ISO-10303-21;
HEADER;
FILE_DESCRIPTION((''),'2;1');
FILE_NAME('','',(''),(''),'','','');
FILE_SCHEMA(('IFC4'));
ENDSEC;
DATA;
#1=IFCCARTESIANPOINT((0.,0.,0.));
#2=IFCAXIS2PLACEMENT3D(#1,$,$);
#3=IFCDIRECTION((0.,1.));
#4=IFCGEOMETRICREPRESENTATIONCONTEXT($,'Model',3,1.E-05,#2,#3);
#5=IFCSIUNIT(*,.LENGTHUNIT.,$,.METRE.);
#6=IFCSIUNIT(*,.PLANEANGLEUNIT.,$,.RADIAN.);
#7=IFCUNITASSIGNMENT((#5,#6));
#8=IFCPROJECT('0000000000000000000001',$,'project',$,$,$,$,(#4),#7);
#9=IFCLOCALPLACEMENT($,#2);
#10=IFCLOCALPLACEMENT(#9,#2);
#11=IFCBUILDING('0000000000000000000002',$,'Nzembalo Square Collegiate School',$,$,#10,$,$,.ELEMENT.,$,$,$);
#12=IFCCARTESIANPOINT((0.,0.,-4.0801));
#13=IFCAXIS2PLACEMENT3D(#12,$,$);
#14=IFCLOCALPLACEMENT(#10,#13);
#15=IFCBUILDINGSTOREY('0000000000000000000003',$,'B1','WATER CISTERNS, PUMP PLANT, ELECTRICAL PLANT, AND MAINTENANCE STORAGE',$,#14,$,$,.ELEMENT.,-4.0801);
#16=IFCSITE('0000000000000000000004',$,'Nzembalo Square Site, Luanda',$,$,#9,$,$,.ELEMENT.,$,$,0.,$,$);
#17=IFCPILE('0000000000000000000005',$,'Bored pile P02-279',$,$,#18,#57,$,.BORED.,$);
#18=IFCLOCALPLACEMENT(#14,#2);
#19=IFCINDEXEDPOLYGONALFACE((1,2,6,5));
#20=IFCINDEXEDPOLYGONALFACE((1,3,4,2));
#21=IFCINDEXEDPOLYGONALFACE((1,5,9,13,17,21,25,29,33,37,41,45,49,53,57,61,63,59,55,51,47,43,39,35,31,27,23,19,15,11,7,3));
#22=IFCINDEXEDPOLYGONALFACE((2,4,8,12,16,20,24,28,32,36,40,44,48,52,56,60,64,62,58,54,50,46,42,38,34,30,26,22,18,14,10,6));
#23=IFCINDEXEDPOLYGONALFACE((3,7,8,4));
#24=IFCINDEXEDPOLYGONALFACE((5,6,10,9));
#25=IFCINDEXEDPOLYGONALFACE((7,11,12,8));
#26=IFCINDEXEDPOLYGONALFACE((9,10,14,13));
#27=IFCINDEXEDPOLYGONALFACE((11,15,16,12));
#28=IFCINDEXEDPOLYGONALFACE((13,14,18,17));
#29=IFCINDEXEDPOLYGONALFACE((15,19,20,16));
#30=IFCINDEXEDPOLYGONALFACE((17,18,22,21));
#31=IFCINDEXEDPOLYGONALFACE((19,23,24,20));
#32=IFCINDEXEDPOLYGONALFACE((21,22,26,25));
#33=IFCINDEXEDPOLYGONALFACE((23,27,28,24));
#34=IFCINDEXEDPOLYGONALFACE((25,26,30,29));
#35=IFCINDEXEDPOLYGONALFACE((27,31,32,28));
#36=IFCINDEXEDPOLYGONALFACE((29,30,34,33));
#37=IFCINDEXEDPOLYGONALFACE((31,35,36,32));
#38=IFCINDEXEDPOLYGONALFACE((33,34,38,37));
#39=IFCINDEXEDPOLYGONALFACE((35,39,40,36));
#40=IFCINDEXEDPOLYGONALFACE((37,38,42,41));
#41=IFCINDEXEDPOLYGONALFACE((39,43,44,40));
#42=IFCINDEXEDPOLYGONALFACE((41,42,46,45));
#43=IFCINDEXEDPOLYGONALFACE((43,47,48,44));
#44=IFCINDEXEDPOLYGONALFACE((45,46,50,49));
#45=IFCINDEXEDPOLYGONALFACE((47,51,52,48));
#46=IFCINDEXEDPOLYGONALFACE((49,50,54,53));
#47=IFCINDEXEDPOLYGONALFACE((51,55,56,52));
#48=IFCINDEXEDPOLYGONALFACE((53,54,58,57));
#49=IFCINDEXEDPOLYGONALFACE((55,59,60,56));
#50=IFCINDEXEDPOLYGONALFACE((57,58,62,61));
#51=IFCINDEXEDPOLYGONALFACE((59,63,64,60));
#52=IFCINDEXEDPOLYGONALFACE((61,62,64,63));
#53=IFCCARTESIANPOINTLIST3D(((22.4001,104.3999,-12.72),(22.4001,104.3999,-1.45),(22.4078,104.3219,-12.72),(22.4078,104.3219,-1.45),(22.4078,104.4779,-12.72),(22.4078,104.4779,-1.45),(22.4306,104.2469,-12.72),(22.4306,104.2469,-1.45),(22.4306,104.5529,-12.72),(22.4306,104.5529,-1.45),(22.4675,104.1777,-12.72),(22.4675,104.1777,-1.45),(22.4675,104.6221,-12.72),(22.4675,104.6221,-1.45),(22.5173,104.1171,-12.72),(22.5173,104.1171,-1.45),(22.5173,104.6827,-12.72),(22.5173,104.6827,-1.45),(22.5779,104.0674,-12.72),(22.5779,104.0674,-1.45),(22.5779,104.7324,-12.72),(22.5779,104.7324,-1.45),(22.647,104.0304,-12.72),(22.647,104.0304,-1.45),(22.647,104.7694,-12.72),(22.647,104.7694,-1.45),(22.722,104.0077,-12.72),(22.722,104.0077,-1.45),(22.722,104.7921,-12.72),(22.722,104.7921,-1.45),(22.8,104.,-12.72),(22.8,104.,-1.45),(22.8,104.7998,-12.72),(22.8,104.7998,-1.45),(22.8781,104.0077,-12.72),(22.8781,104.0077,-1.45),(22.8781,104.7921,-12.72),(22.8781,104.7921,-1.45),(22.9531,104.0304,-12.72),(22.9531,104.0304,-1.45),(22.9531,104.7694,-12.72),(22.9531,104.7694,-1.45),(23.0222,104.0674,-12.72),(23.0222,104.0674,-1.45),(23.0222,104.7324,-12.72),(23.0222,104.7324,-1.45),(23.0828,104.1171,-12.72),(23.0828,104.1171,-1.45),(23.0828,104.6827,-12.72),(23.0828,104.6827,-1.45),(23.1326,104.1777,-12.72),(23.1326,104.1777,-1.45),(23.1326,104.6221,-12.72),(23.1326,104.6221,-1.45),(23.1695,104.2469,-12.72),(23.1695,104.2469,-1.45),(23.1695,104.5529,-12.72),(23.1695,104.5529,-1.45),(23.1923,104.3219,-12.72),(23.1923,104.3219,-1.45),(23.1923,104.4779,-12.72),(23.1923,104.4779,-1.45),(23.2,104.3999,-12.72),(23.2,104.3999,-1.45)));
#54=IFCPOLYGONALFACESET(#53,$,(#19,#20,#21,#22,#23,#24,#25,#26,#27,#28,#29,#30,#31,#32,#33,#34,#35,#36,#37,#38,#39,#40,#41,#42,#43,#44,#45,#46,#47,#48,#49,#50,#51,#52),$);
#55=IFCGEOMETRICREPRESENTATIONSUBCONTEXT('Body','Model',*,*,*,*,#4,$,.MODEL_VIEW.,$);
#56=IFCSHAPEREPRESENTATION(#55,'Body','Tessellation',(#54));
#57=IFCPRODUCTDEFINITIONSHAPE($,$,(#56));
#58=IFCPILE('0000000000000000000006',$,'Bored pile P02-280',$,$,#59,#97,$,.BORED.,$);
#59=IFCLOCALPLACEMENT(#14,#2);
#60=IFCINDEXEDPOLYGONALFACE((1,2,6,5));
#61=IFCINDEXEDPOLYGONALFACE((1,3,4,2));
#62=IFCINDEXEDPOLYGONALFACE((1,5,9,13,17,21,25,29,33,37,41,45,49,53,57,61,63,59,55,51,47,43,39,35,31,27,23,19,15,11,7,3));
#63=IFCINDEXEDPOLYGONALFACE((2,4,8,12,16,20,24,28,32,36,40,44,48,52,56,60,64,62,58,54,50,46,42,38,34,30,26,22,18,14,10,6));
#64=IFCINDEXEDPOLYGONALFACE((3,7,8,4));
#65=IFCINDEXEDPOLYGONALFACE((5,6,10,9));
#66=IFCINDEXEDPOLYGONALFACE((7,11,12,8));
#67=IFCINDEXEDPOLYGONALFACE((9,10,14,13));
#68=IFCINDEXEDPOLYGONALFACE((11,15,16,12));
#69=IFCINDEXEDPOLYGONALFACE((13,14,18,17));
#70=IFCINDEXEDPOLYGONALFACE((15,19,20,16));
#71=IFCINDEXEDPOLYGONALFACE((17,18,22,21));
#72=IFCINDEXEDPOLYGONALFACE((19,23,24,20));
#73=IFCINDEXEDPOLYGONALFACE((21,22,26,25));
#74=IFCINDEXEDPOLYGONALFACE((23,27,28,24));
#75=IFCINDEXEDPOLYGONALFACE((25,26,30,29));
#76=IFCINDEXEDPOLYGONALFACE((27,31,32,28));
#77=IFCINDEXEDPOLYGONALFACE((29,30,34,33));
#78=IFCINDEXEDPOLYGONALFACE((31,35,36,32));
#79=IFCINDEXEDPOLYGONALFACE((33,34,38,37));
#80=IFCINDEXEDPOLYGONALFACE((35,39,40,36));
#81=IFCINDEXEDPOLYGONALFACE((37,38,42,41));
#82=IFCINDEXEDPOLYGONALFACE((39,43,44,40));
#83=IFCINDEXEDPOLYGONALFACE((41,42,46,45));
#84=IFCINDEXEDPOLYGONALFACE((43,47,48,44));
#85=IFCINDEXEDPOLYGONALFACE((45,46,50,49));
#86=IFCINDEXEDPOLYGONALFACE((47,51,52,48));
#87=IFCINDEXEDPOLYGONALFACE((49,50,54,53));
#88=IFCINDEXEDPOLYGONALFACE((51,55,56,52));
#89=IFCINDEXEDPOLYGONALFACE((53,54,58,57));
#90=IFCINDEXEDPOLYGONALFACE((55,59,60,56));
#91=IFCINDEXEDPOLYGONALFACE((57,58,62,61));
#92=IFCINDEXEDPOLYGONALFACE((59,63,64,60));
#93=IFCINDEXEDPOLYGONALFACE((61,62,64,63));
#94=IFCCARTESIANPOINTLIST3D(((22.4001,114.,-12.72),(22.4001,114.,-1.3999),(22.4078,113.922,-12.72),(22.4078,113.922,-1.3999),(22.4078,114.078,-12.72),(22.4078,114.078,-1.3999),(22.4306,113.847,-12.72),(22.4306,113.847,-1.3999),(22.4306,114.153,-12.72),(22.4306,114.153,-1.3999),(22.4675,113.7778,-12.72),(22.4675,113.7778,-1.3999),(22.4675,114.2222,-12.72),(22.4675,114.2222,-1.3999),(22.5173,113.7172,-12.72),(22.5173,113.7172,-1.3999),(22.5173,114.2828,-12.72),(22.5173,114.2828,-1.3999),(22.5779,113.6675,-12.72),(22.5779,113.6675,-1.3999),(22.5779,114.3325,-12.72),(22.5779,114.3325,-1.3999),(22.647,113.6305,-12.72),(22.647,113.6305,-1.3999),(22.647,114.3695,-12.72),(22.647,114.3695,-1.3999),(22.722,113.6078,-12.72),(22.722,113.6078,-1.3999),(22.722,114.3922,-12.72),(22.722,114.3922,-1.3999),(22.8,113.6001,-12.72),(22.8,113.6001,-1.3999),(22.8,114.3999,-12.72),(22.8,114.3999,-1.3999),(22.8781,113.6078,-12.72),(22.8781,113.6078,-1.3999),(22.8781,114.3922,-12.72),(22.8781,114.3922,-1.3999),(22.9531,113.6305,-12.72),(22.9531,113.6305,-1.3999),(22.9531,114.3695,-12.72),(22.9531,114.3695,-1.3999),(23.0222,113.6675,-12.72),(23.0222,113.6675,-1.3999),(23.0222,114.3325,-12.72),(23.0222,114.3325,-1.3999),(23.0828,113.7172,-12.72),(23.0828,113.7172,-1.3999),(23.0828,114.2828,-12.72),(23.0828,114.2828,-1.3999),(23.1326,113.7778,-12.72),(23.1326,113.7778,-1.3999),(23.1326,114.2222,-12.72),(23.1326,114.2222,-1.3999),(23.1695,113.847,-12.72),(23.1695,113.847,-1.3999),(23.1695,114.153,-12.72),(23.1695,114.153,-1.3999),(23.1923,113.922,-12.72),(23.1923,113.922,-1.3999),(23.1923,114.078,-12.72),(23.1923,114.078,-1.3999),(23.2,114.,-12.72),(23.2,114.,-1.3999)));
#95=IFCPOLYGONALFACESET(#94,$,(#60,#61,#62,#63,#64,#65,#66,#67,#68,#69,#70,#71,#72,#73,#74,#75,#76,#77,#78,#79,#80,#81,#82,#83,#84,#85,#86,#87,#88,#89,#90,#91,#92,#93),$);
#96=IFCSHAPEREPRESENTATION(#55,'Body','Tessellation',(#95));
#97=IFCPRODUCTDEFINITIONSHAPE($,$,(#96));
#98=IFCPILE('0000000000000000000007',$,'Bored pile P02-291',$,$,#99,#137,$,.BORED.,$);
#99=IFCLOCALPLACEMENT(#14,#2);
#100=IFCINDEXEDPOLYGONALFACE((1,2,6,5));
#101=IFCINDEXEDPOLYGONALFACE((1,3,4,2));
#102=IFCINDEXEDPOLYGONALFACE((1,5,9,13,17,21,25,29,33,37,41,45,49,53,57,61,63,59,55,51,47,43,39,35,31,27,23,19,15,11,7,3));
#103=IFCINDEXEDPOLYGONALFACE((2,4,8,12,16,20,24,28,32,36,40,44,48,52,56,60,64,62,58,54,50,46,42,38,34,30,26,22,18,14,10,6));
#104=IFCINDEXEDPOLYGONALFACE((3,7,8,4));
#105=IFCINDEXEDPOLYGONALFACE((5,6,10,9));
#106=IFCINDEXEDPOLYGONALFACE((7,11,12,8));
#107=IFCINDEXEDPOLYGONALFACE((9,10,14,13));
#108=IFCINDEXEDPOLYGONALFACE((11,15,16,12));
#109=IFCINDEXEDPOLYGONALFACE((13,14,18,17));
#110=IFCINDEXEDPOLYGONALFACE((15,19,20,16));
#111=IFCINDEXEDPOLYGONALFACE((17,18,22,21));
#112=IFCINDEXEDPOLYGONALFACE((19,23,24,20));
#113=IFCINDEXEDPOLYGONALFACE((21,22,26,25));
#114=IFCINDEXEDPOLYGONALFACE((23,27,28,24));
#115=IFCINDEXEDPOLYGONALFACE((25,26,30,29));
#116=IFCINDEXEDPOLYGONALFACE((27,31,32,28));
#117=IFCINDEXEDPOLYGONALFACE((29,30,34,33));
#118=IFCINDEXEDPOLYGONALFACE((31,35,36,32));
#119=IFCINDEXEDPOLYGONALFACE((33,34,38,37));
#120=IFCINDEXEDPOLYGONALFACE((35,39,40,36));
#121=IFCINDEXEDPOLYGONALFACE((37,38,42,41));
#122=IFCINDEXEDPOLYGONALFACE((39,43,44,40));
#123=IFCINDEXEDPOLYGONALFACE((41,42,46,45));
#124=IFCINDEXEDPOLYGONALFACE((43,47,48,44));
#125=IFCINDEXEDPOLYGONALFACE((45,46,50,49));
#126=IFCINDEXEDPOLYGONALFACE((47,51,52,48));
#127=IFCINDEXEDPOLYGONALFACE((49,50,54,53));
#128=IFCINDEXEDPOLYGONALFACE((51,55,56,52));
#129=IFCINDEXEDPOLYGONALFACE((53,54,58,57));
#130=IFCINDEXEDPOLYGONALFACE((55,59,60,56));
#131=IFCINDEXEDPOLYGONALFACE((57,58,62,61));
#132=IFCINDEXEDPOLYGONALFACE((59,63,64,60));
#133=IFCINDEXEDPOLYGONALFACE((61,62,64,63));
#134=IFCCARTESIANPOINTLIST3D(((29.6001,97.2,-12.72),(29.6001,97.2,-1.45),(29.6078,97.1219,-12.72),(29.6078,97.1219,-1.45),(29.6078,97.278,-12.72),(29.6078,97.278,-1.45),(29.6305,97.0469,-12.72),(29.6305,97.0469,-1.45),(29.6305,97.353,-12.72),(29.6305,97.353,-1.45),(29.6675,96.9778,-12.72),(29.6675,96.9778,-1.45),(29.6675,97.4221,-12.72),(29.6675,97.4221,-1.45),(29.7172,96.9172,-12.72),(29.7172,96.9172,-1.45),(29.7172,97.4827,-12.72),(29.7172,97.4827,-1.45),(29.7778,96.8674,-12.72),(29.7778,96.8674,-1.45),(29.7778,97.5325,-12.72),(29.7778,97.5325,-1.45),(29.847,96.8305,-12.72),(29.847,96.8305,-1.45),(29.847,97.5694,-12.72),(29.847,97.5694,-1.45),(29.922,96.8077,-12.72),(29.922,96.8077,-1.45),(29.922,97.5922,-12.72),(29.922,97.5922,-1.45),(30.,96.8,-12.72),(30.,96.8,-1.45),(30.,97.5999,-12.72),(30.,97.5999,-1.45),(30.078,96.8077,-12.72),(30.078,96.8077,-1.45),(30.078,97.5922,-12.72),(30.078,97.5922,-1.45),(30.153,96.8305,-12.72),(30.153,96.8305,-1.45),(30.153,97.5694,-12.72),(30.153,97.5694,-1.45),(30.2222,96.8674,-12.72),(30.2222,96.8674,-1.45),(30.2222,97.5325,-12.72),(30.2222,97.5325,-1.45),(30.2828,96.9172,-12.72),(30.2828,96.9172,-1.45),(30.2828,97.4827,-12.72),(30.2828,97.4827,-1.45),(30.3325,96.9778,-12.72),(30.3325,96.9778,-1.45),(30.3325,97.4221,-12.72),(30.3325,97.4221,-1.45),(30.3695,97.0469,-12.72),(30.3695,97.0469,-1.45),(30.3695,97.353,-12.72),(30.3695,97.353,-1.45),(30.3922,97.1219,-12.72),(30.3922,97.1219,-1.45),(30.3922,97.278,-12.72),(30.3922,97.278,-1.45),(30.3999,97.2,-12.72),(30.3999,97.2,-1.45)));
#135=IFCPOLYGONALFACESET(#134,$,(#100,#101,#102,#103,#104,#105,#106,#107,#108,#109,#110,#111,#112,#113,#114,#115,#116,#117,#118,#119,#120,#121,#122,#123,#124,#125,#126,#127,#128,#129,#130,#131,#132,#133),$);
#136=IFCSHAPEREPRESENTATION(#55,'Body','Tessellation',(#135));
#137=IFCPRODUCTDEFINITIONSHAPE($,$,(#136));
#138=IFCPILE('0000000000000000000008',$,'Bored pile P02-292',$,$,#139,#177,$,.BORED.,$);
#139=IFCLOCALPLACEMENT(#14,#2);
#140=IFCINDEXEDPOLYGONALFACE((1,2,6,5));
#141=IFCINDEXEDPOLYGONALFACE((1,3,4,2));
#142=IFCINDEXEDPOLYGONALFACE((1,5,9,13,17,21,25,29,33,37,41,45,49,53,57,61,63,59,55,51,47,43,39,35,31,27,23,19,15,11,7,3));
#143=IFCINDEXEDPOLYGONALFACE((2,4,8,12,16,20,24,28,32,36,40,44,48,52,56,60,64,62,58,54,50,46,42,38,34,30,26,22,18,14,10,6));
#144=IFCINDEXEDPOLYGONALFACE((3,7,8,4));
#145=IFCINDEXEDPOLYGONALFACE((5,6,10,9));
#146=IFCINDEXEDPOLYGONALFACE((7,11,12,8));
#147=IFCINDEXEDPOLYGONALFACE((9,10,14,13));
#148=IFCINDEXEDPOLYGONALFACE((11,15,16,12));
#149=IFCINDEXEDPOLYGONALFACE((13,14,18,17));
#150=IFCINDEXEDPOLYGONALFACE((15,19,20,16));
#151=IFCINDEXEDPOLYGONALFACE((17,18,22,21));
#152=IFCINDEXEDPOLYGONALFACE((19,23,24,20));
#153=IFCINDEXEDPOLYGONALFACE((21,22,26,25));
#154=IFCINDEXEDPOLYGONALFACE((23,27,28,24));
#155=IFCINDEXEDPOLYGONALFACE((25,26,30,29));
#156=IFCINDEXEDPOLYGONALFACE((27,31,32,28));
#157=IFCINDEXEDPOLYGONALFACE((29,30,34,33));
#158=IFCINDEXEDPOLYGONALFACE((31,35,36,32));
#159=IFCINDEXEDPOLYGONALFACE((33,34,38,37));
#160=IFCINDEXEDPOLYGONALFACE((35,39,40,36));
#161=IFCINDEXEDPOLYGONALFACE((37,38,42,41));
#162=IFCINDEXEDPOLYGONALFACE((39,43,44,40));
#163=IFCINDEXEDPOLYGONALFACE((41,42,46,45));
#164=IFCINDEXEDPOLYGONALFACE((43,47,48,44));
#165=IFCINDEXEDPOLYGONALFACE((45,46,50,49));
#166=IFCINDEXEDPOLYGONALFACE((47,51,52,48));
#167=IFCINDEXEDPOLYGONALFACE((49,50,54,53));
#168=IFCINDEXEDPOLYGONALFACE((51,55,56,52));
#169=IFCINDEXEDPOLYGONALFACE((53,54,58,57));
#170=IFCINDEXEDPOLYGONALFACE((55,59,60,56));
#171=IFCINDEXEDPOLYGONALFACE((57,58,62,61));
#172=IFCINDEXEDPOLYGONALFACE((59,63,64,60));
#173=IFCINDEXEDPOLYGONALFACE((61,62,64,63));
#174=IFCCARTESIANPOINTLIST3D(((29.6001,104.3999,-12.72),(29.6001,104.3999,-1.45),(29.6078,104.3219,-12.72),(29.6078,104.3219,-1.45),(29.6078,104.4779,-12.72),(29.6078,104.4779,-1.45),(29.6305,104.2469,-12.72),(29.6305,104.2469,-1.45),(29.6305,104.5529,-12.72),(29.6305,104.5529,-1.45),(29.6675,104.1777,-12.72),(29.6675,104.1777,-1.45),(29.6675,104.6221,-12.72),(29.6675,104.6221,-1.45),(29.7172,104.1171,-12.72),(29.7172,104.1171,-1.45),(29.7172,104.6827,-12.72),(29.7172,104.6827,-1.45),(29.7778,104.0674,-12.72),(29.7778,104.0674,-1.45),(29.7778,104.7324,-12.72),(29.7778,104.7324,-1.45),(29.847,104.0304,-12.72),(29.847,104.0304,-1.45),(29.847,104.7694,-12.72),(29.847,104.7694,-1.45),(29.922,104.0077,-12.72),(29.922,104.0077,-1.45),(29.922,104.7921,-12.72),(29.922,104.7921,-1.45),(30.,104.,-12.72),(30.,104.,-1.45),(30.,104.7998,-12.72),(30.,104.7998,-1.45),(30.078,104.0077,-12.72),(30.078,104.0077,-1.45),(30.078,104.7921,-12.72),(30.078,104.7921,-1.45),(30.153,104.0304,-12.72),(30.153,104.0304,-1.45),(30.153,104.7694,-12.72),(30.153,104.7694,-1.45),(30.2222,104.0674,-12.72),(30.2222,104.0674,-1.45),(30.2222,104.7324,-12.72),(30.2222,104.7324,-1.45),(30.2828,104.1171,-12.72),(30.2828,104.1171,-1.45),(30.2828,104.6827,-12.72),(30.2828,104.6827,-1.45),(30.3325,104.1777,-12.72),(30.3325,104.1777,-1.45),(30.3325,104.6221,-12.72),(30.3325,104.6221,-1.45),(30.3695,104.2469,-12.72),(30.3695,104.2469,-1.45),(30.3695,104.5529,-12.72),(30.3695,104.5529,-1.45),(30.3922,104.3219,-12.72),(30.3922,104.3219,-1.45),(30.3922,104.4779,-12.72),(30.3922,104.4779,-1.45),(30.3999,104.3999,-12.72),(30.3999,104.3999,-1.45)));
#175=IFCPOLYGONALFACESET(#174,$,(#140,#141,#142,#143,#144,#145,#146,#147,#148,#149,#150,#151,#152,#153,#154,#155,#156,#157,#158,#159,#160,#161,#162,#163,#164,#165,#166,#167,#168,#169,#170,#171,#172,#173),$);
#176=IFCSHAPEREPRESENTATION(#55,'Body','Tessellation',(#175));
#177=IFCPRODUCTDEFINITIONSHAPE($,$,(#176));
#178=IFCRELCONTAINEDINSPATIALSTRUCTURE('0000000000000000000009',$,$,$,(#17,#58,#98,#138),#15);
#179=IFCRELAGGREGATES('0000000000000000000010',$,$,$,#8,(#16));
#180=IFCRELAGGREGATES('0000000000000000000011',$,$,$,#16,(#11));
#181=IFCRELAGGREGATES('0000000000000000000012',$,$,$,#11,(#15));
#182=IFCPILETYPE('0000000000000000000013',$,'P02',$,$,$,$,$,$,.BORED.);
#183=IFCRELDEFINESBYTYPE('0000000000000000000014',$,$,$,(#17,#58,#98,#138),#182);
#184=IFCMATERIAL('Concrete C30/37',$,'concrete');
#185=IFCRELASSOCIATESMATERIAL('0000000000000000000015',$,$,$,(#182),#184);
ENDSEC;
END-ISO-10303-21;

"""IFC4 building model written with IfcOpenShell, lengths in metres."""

from ifc_helpers import new_model, si_unit, direction, frame, origin, origin_2d, place, context, subcontext, project, spatial, circle, extrude, material, material_profile, profile_set, type_object, element, save


model = new_model("IFC4")

# Units and contexts
model_context = context("Model", 3, precision=1e-05, world=origin(), true_north=direction((0.0, 1.0)))
body_context = subcontext(model_context, "Body", "Model", "MODEL_VIEW")
ifc_project = project(units=[si_unit("LENGTHUNIT", "METRE"), si_unit("PLANEANGLEUNIT", "RADIAN")], contexts=[model_context])

# Site, building, storey
site_placement = place(None, origin())
site = spatial("IfcSite", under=ifc_project, at=site_placement, Name="Nzembalo Square Site, Luanda", CompositionType="ELEMENT", RefElevation=0.0)
building_placement = place(site_placement, origin())
building = spatial("IfcBuilding", under=site, at=building_placement, Name="Nzembalo Square Collegiate School", CompositionType="ELEMENT")
storey_placement = place(building_placement, frame((0.0, 0.0, -4.0801)))
storey = spatial("IfcBuildingStorey", under=building, at=storey_placement, Name="B1", Description="WATER CISTERNS, PUMP PLANT, ELECTRICAL PLANT, AND MAINTENANCE STORAGE", CompositionType="ELEMENT", Elevation=-4.0801)

# Piles
ifc_material_1 = material(Name="Concrete C30/37", Category="concrete")
ifc_material_profile_1 = material_profile(ifc_material_1, circle(Radius=0.3999, at=origin_2d()), Name="PILE D800")
ifc_profile_set_1 = profile_set([ifc_material_profile_1], Name="Concrete C30/37")
pile_type = type_object("IfcPileType", Name="P02", PredefinedType="BORED", material=ifc_profile_set_1)
for number, where, z_axis, x_axis, name in (
    (1, (22.8, 104.3999, -1.45), (0.0, 0.0, -1.0), (1.0, 0.0, 0.0), "Bored pile P02-279"),
):
    element("IfcPile", number, at=place(storey_placement, frame(where, z_axis=z_axis, x_axis=x_axis)), inside=storey, type_object=pile_type, Name=name, PredefinedType="BORED", context=body_context, shape_type="SweptSolid", body=[
        extrude(circle(Radius=0.3999, at=origin_2d()), origin(), (0.0, 0.0, 1.0), 11.27),
    ])
pile_1_placement = place(storey_placement, frame((22.8, 114.0, -1.3999), z_axis=(0.0, 0.0, -1.0), x_axis=(1.0, 0.0, 0.0)))
element("IfcPile", 2, at=pile_1_placement, inside=storey, type_object=pile_type, Name="Bored pile P02-280", PredefinedType="BORED", context=body_context, shape_type="SweptSolid", body=[
    extrude(circle(Radius=0.3999, at=origin_2d()), origin(), (0.0, 0.0, 1.0), 11.3201),
])
for number, where, z_axis, x_axis, name in (
    (3, (30.0, 97.2, -1.45), (0.0, 0.0, -1.0), (1.0, 0.0, 0.0), "Bored pile P02-291"),
    (4, (30.0, 104.3999, -1.45), (0.0, 0.0, -1.0), (1.0, 0.0, 0.0), "Bored pile P02-292"),
):
    element("IfcPile", number, at=place(storey_placement, frame(where, z_axis=z_axis, x_axis=x_axis)), inside=storey, type_object=pile_type, Name=name, PredefinedType="BORED", context=body_context, shape_type="SweptSolid", body=[
        extrude(circle(Radius=0.3999, at=origin_2d()), origin(), (0.0, 0.0, 1.0), 11.27),
    ])

save(model, "model.ifc")
